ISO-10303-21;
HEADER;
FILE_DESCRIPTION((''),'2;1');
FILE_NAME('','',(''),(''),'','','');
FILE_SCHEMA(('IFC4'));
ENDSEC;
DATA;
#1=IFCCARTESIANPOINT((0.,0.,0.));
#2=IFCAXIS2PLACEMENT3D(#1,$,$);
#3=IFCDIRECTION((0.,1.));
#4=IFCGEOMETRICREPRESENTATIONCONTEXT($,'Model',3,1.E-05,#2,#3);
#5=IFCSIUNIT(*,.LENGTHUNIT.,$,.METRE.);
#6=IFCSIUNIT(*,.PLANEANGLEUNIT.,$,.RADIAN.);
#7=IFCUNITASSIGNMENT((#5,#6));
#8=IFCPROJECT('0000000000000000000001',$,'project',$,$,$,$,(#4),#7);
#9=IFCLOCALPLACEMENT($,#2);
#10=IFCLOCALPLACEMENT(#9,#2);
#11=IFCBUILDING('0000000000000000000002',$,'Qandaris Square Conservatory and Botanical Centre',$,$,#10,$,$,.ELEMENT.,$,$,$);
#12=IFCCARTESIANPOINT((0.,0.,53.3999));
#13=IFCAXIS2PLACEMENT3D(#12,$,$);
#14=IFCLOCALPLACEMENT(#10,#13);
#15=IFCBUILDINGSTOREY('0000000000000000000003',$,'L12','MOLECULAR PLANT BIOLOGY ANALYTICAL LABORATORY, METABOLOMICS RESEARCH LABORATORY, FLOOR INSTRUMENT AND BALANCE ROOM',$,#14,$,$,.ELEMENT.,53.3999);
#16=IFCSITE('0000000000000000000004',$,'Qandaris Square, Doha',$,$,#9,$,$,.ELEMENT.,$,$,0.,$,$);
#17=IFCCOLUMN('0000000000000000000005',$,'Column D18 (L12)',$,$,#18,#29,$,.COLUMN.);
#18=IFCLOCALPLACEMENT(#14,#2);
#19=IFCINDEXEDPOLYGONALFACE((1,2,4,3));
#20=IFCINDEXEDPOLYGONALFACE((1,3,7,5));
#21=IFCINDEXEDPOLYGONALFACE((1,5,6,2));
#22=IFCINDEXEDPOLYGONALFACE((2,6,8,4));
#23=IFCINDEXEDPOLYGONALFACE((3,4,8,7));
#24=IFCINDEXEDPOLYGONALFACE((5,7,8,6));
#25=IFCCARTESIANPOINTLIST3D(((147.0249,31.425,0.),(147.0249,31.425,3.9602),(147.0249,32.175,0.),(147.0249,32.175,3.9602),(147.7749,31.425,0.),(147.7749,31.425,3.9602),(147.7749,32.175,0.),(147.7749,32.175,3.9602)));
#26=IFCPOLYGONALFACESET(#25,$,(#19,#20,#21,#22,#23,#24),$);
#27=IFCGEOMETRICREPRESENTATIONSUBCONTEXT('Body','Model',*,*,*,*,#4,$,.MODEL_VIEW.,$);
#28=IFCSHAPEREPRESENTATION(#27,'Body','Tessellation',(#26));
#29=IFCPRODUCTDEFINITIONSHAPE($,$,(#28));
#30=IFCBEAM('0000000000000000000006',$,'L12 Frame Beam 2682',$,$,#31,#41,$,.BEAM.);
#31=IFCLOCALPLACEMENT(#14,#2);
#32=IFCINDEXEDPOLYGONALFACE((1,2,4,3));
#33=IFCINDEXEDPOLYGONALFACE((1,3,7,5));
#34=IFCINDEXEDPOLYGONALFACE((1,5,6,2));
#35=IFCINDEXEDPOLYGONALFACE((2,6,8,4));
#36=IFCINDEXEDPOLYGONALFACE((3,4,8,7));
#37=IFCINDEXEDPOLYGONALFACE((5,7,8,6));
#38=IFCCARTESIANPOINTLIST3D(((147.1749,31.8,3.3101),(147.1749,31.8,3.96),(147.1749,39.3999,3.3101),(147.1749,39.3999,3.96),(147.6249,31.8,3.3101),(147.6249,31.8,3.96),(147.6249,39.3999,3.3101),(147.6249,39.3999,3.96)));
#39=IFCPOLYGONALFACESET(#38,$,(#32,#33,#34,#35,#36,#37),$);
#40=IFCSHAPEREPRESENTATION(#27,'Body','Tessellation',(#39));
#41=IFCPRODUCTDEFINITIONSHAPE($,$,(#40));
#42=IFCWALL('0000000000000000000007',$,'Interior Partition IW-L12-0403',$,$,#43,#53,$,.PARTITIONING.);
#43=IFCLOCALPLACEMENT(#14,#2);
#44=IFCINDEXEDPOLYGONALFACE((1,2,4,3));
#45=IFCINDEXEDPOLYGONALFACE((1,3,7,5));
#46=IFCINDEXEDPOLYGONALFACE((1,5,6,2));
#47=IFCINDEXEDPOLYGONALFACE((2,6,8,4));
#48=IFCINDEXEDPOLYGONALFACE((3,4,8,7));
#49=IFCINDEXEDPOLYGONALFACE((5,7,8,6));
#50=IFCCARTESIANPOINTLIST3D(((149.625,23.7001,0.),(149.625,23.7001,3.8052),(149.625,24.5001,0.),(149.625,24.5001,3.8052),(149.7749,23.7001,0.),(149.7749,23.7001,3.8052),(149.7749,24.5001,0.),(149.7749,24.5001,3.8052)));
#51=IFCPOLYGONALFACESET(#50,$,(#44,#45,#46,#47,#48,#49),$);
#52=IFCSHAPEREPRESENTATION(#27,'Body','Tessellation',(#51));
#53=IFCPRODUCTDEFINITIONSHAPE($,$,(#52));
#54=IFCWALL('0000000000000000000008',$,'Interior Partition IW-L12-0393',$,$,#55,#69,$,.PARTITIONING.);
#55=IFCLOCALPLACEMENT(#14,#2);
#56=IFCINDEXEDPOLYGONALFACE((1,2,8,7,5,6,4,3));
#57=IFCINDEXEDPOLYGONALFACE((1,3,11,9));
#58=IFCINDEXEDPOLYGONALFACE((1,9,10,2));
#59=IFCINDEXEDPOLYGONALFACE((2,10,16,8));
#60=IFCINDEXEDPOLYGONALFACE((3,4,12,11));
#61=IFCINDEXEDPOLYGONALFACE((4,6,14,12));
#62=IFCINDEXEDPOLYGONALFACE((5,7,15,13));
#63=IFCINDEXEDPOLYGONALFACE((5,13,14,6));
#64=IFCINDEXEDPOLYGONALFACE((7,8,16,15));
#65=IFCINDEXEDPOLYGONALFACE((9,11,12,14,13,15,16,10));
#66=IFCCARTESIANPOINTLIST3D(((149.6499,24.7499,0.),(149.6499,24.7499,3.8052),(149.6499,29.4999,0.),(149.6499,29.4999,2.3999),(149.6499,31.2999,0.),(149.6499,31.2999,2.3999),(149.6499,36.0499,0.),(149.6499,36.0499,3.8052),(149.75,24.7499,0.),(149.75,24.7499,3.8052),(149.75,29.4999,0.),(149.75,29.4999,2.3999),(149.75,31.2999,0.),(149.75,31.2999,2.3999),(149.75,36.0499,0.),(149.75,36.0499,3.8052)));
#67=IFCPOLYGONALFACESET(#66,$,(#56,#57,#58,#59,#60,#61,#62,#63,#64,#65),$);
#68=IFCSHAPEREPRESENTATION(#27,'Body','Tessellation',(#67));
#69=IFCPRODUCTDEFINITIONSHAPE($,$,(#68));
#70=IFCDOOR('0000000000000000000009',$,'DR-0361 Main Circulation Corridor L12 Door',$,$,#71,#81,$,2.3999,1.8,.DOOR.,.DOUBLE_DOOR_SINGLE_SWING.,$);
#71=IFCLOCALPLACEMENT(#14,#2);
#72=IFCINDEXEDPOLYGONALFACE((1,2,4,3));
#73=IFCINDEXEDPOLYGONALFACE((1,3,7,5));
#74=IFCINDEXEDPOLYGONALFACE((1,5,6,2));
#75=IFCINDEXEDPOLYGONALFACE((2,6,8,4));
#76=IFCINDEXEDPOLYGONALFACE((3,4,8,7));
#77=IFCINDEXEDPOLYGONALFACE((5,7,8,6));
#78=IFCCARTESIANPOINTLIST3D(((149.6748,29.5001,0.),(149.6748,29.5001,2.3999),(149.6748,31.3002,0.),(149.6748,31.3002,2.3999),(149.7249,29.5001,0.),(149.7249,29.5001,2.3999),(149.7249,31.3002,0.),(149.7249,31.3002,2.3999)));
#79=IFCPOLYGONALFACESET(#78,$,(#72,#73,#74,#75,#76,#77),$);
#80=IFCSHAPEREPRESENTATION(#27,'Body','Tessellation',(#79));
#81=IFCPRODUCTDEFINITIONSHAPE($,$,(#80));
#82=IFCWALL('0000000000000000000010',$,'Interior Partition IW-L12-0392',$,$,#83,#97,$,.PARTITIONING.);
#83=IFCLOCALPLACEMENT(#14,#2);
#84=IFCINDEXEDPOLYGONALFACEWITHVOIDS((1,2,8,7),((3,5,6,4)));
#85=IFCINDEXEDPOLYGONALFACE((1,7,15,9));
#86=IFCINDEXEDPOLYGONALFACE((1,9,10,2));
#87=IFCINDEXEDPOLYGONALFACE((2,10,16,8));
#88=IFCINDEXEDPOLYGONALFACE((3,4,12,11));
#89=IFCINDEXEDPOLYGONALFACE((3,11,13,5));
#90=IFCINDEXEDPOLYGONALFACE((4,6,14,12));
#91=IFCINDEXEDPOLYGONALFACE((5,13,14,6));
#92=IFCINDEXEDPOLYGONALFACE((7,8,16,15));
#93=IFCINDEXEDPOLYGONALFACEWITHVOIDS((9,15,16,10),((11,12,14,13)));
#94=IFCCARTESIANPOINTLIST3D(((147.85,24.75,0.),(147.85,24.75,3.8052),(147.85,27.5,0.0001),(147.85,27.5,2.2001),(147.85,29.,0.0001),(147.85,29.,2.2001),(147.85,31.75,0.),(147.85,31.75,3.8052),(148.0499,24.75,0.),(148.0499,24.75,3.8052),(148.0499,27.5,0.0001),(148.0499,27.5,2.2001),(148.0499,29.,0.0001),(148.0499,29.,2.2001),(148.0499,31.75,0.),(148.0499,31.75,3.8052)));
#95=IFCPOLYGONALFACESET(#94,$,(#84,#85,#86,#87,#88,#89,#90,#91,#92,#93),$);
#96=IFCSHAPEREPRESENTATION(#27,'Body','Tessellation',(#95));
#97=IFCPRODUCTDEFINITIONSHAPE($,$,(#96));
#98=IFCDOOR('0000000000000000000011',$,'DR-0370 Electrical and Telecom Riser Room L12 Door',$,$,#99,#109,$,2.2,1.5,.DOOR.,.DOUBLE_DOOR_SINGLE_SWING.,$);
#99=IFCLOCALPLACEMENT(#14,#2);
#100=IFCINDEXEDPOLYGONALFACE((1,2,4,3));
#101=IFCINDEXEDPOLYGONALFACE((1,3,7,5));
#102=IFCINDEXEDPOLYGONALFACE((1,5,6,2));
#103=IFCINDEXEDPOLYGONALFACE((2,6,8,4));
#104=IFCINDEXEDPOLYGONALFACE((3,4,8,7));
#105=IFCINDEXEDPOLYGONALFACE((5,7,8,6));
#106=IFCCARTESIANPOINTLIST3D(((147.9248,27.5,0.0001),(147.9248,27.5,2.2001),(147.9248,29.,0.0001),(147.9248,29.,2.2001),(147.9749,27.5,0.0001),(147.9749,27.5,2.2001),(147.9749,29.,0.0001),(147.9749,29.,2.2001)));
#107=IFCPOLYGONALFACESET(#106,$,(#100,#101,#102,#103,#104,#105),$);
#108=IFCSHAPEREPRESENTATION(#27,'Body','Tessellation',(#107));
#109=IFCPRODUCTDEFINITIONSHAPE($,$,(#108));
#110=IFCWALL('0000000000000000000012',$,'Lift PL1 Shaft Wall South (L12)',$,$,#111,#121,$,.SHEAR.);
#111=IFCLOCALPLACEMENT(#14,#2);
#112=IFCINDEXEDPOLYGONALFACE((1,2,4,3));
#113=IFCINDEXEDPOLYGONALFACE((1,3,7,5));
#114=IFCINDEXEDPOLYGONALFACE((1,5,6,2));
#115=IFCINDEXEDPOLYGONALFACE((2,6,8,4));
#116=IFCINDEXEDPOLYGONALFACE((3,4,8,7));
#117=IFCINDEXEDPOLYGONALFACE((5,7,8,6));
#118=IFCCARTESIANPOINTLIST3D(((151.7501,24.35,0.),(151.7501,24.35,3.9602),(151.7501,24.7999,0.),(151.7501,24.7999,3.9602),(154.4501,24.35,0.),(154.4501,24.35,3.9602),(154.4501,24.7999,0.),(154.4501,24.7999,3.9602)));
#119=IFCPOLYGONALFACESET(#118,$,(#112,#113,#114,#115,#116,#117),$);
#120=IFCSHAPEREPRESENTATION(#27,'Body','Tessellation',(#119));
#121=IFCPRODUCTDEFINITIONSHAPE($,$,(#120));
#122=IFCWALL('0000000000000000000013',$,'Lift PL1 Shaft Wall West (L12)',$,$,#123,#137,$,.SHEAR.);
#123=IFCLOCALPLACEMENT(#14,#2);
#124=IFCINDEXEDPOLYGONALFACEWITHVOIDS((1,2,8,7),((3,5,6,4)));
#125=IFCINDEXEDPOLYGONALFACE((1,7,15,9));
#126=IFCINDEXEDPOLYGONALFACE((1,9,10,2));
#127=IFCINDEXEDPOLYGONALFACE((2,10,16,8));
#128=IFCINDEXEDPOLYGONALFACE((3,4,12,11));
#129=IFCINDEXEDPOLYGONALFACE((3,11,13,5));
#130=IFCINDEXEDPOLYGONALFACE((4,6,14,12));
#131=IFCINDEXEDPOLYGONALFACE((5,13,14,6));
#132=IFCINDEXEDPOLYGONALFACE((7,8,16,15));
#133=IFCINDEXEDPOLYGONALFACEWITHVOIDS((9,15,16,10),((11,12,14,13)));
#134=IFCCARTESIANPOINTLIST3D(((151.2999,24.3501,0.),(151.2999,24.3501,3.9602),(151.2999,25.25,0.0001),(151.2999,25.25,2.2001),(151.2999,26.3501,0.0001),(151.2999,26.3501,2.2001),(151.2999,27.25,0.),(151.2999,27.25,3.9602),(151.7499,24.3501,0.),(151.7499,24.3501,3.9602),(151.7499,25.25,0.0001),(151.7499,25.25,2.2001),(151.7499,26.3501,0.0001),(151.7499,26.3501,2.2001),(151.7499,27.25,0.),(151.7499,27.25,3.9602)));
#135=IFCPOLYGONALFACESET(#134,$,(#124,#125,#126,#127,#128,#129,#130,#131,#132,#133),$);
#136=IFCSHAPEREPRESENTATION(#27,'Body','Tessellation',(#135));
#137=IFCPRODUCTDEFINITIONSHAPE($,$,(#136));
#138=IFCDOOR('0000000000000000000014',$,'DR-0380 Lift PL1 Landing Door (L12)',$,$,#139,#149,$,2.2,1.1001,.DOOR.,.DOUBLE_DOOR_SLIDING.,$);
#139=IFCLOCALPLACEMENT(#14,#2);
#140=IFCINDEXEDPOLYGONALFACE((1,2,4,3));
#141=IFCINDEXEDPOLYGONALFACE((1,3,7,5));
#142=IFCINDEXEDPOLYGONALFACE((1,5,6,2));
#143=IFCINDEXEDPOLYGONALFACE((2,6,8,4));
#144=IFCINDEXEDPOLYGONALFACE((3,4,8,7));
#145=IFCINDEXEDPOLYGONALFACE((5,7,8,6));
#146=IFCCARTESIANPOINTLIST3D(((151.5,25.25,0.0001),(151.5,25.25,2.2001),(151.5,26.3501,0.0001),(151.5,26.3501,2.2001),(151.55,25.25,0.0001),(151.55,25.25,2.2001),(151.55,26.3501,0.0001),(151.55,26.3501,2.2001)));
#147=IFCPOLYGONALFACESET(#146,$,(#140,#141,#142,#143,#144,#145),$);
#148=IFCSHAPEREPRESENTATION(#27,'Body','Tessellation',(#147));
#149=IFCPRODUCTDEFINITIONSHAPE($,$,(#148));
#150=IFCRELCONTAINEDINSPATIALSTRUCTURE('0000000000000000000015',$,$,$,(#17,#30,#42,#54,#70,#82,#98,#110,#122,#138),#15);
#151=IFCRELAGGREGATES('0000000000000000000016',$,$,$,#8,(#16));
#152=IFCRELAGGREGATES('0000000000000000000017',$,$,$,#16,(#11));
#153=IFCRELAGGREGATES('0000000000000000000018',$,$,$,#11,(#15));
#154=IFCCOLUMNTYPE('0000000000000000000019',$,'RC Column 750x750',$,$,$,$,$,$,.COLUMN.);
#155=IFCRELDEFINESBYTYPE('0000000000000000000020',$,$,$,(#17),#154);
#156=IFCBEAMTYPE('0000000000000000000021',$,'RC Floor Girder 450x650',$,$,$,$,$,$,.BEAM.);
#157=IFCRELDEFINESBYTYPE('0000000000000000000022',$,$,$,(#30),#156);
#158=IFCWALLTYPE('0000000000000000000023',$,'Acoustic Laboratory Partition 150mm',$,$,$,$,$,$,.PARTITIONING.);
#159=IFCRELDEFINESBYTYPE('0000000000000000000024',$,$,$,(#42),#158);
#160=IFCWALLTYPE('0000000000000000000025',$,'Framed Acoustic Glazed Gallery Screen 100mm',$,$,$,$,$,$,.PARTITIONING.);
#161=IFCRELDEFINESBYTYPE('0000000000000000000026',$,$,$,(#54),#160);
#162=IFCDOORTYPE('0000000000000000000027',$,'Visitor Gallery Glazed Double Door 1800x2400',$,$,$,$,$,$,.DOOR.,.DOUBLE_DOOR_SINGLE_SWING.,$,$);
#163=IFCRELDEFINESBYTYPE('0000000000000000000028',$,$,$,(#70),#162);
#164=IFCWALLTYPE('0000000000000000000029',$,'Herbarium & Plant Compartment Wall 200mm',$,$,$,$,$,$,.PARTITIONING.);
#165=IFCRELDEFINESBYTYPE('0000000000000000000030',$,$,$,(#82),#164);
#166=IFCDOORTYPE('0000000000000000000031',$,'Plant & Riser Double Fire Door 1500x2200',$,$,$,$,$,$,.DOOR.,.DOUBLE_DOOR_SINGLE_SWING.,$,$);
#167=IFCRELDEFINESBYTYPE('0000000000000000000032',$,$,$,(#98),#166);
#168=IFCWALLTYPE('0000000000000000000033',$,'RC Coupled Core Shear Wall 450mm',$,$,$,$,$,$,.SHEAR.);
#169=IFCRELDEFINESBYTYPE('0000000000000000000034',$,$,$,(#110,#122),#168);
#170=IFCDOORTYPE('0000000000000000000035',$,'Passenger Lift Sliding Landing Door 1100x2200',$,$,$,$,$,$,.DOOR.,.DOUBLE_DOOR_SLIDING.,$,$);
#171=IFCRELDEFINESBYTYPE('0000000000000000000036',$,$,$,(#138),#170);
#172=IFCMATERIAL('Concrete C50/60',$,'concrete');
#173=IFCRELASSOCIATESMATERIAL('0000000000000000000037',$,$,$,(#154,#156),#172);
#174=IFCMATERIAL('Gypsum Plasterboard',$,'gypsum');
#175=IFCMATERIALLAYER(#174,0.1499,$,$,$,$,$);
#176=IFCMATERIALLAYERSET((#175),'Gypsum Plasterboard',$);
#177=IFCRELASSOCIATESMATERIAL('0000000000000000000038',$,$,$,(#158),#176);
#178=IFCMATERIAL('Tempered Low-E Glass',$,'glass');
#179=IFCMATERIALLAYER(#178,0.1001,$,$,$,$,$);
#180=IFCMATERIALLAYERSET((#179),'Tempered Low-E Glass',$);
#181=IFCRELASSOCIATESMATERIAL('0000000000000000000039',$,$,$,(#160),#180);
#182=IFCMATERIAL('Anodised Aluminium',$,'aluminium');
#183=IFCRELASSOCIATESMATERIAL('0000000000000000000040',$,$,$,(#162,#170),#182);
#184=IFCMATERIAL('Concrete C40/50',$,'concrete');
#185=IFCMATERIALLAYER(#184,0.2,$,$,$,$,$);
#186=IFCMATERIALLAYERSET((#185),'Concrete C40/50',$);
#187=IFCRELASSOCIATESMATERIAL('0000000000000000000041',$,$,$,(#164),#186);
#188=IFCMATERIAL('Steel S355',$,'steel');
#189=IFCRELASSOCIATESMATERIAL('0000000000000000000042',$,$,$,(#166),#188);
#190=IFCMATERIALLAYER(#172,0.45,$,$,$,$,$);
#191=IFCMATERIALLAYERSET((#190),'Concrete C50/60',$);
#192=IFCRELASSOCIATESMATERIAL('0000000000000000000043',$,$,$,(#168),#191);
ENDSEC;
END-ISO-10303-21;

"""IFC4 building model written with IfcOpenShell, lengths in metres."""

from ifc_helpers import new_model, si_unit, direction, frame, frame_2d, origin, origin_2d, place, context, subcontext, project, spatial, rectangle, extrude, material, layer, layer_set, material_profile, profile_set, type_object, element, fill, save


model = new_model("IFC4")

# Units and contexts
model_context = context("Model", 3, precision=1e-05, world=origin(), true_north=direction((0.0, 1.0)))
body_context = subcontext(model_context, "Body", "Model", "MODEL_VIEW")
ifc_project = project(units=[si_unit("LENGTHUNIT", "METRE"), si_unit("PLANEANGLEUNIT", "RADIAN")], contexts=[model_context])

# Site, building, storey
site_placement = place(None, origin())
site = spatial("IfcSite", under=ifc_project, at=site_placement, Name="Qandaris Square, Doha", CompositionType="ELEMENT", RefElevation=0.0)
building_placement = place(site_placement, origin())
building = spatial("IfcBuilding", under=site, at=building_placement, Name="Qandaris Square Conservatory and Botanical Centre", CompositionType="ELEMENT")
storey_placement = place(building_placement, frame((0.0, 0.0, 53.3999)))
storey = spatial("IfcBuildingStorey", under=building, at=storey_placement, Name="L12", Description="MOLECULAR PLANT BIOLOGY ANALYTICAL LABORATORY, METABOLOMICS RESEARCH LABORATORY, FLOOR INSTRUMENT AND BALANCE ROOM", CompositionType="ELEMENT", Elevation=53.3999)

# Column
ifc_material_1 = material(Name="Concrete C50/60", Category="concrete")
ifc_material_profile_1 = material_profile(ifc_material_1, rectangle(XDim=0.75, YDim=0.75, at=origin_2d()), Name="RC-COL 750x750")
ifc_profile_set_1 = profile_set([ifc_material_profile_1], Name="Concrete C50/60")
column_type = type_object("IfcColumnType", Name="RC Column 750x750", PredefinedType="COLUMN", material=ifc_profile_set_1)
column_placement = place(storey_placement, frame((147.3999, 31.8, 0.0), z_axis=(0.0, 0.0, 1.0), x_axis=(1.0, 0.0, 0.0)))
element("IfcColumn", 1, at=column_placement, inside=storey, type_object=column_type, Name="Column D18 (L12)", PredefinedType="COLUMN", context=body_context, shape_type="SweptSolid", body=[
    extrude(rectangle(XDim=0.75, YDim=0.75, at=origin_2d()), origin(), (0.0, 0.0, 1.0), 3.9602),
])

# Beam
ifc_material_profile_2 = material_profile(ifc_material_1, rectangle(XDim=0.45, YDim=0.6499, at=origin_2d()), Name="RC-BM 450x650")
ifc_profile_set_2 = profile_set([ifc_material_profile_2], Name="Concrete C50/60")
beam_type = type_object("IfcBeamType", Name="RC Floor Girder 450x650", PredefinedType="BEAM", material=ifc_profile_set_2)
beam_placement = place(storey_placement, frame((147.3999, 31.8, 3.635), z_axis=(0.0, 1.0, 0.0), x_axis=(-1.0, 0.0, 0.0)))
element("IfcBeam", 2, at=beam_placement, inside=storey, type_object=beam_type, Name="L12 Frame Beam 2682", PredefinedType="BEAM", context=body_context, shape_type="SweptSolid", body=[
    extrude(rectangle(XDim=0.45, YDim=0.6499, at=origin_2d()), origin(), (0.0, 0.0, 1.0), 7.5999),
])

# Wall
ifc_material_2 = material(Name="Gypsum Plasterboard", Category="gypsum")
ifc_layer_1 = layer(ifc_material_2, 0.1499)
ifc_layer_set_1 = layer_set([ifc_layer_1], Name="Gypsum Plasterboard")
wall_type_1 = type_object("IfcWallType", Name="Acoustic Laboratory Partition 150mm", PredefinedType="PARTITIONING", material=ifc_layer_set_1)
wall_1_placement = place(storey_placement, frame((149.7, 24.5, 0.0), z_axis=(0.0, 0.0, 1.0), x_axis=(0.0, -1.0, 0.0)))
element("IfcWall", 3, at=wall_1_placement, inside=storey, type_object=wall_type_1, Name="Interior Partition IW-L12-0403", PredefinedType="PARTITIONING", context=body_context, shape_type="SweptSolid", body=[
    extrude(rectangle(XDim=0.8, YDim=0.1499, at=frame_2d((0.3999, 0.0))), origin(), (0.0, 0.0, 1.0), 3.8052),
])

# Walls, openings, doors
ifc_material_3 = material(Name="Tempered Low-E Glass", Category="glass")
ifc_layer_2 = layer(ifc_material_3, 0.1001)
ifc_layer_set_2 = layer_set([ifc_layer_2], Name="Tempered Low-E Glass")
wall_type_2 = type_object("IfcWallType", Name="Framed Acoustic Glazed Gallery Screen 100mm", PredefinedType="PARTITIONING", material=ifc_layer_set_2)
wall_2_placement = place(storey_placement, frame((149.7, 24.75, 0.0), z_axis=(0.0, 0.0, 1.0), x_axis=(0.0, 1.0, 0.0)))
wall_2 = element("IfcWall", 4, at=wall_2_placement, inside=storey, type_object=wall_type_2, Name="Interior Partition IW-L12-0393", PredefinedType="PARTITIONING", context=body_context, shape_type="SweptSolid", body=[
    extrude(rectangle(XDim=11.3, YDim=0.1001, at=frame_2d((5.6499, 0.0))), origin(), (0.0, 0.0, 1.0), 3.8052),
])
opening_1_placement = place(wall_2_placement, frame((4.75, 0.0, 0.0)))
opening_1 = element("IfcOpeningElement", 5, at=opening_1_placement, cuts=wall_2, PredefinedType="OPENING", context=body_context, shape_type="SweptSolid", body=[
    extrude(rectangle(XDim=1.8, YDim=2.3999, at=frame_2d((0.8999, 1.2))), frame((0.0, 0.062, 0.0), z_axis=(0.0, -1.0, 0.0), x_axis=(1.0, 0.0, 0.0)), (0.0, 0.0, 1.0), 0.124),
])
ifc_material_4 = material(Name="Anodised Aluminium", Category="aluminium")
door_type_1 = type_object("IfcDoorType", Name="Visitor Gallery Glazed Double Door 1800x2400", OperationType="DOUBLE_DOOR_SINGLE_SWING", PredefinedType="DOOR", material=ifc_material_4)
door_1_placement = place(opening_1_placement, frame((1.8, 0.0, 0.0), z_axis=(0.0, 0.0, 1.0), x_axis=(-1.0, 0.0, 0.0)))
door_1 = element("IfcDoor", 6, at=door_1_placement, inside=storey, type_object=door_type_1, Name="DR-0361 Main Circulation Corridor L12 Door", OperationType="DOUBLE_DOOR_SINGLE_SWING", OverallHeight=2.3999, OverallWidth=1.8, PredefinedType="DOOR", context=body_context, shape_type="SweptSolid", body=[
    extrude(rectangle(XDim=1.8, YDim=2.3999, at=frame_2d((0.8999, 1.2))), frame((0.0, 0.0249, 0.0), z_axis=(0.0, -1.0, 0.0), x_axis=(1.0, 0.0, 0.0)), (0.0, 0.0, 1.0), 0.05),
])
fill(opening_1, door_1)
ifc_material_5 = material(Name="Concrete C40/50", Category="concrete")
ifc_layer_3 = layer(ifc_material_5, 0.2)
ifc_layer_set_3 = layer_set([ifc_layer_3], Name="Concrete C40/50")
wall_type_3 = type_object("IfcWallType", Name="Herbarium & Plant Compartment Wall 200mm", PredefinedType="PARTITIONING", material=ifc_layer_set_3)
wall_3_placement = place(storey_placement, frame((147.95, 31.75, 0.0), z_axis=(0.0, 0.0, 1.0), x_axis=(0.0, -1.0, 0.0)))
wall_3 = element("IfcWall", 7, at=wall_3_placement, inside=storey, type_object=wall_type_3, Name="Interior Partition IW-L12-0392", PredefinedType="PARTITIONING", context=body_context, shape_type="SweptSolid", body=[
    extrude(rectangle(XDim=7.0, YDim=0.2, at=frame_2d((3.5, 0.0))), origin(), (0.0, 0.0, 1.0), 3.8052),
])
opening_2_placement = place(wall_3_placement, frame((2.75, 0.0, 0.0)))
opening_2 = element("IfcOpeningElement", 8, at=opening_2_placement, cuts=wall_3, PredefinedType="OPENING", context=body_context, shape_type="SweptSolid", body=[
    extrude(rectangle(XDim=1.5, YDim=2.2, at=frame_2d((0.75, 1.1001))), frame((0.0, 0.1118, 0.0), z_axis=(0.0, -1.0, 0.0), x_axis=(1.0, 0.0, 0.0)), (0.0, 0.0, 1.0), 0.2239),
])
ifc_material_6 = material(Name="Steel S355", Category="steel")
door_type_2 = type_object("IfcDoorType", Name="Plant & Riser Double Fire Door 1500x2200", OperationType="DOUBLE_DOOR_SINGLE_SWING", PredefinedType="DOOR", material=ifc_material_6)
door_2_placement = place(opening_2_placement, origin())
door_2 = element("IfcDoor", 9, at=door_2_placement, inside=storey, type_object=door_type_2, Name="DR-0370 Electrical and Telecom Riser Room L12 Door", OperationType="DOUBLE_DOOR_SINGLE_SWING", OverallHeight=2.2, OverallWidth=1.5, PredefinedType="DOOR", context=body_context, shape_type="SweptSolid", body=[
    extrude(rectangle(XDim=1.5, YDim=2.2, at=frame_2d((0.75, 1.1001))), frame((0.0, 0.0249, 0.0), z_axis=(0.0, -1.0, 0.0), x_axis=(1.0, 0.0, 0.0)), (0.0, 0.0, 1.0), 0.05),
])
fill(opening_2, door_2)

# Wall
ifc_layer_4 = layer(ifc_material_1, 0.45)
ifc_layer_set_4 = layer_set([ifc_layer_4], Name="Concrete C50/60")
wall_type_4 = type_object("IfcWallType", Name="RC Coupled Core Shear Wall 450mm", PredefinedType="SHEAR", material=ifc_layer_set_4)
wall_4_placement = place(storey_placement, frame((151.75, 24.575, 0.0), z_axis=(0.0, 0.0, 1.0), x_axis=(1.0, 0.0, 0.0)))
element("IfcWall", 10, at=wall_4_placement, inside=storey, type_object=wall_type_4, Name="Lift PL1 Shaft Wall South (L12)", PredefinedType="SHEAR", context=body_context, shape_type="SweptSolid", body=[
    extrude(rectangle(XDim=2.7, YDim=0.45, at=frame_2d((1.3501, 0.0))), origin(), (0.0, 0.0, 1.0), 3.9602),
])

# Wall, opening, door
wall_5_placement = place(storey_placement, frame((151.5249, 24.3501, 0.0), z_axis=(0.0, 0.0, 1.0), x_axis=(0.0, 1.0, 0.0)))
wall_5 = element("IfcWall", 11, at=wall_5_placement, inside=storey, type_object=wall_type_4, Name="Lift PL1 Shaft Wall West (L12)", PredefinedType="SHEAR", context=body_context, shape_type="SweptSolid", body=[
    extrude(rectangle(XDim=2.8999, YDim=0.45, at=frame_2d((1.45, 0.0))), origin(), (0.0, 0.0, 1.0), 3.9602),
])
opening_3_placement = place(wall_5_placement, frame((0.8999, 0.0, 0.0)))
opening_3 = element("IfcOpeningElement", 12, at=opening_3_placement, cuts=wall_5, PredefinedType="OPENING", context=body_context, shape_type="SweptSolid", body=[
    extrude(rectangle(XDim=1.1001, YDim=2.2, at=frame_2d((0.55, 1.1001))), frame((0.0, 0.2368, 0.0), z_axis=(0.0, -1.0, 0.0), x_axis=(1.0, 0.0, 0.0)), (0.0, 0.0, 1.0), 0.4739),
])
door_type_3 = type_object("IfcDoorType", Name="Passenger Lift Sliding Landing Door 1100x2200", OperationType="DOUBLE_DOOR_SLIDING", PredefinedType="DOOR", material=ifc_material_4)
door_3_placement = place(opening_3_placement, origin())
door_3 = element("IfcDoor", 13, at=door_3_placement, inside=storey, type_object=door_type_3, Name="DR-0380 Lift PL1 Landing Door (L12)", OperationType="DOUBLE_DOOR_SLIDING", OverallHeight=2.2, OverallWidth=1.1001, PredefinedType="DOOR", context=body_context, shape_type="SweptSolid", body=[
    extrude(rectangle(XDim=1.1001, YDim=2.2, at=frame_2d((0.55, 1.1001))), frame((0.0, 0.0249, 0.0), z_axis=(0.0, -1.0, 0.0), x_axis=(1.0, 0.0, 0.0)), (0.0, 0.0, 1.0), 0.05),
])
fill(opening_3, door_3)

save(model, "model.ifc")
